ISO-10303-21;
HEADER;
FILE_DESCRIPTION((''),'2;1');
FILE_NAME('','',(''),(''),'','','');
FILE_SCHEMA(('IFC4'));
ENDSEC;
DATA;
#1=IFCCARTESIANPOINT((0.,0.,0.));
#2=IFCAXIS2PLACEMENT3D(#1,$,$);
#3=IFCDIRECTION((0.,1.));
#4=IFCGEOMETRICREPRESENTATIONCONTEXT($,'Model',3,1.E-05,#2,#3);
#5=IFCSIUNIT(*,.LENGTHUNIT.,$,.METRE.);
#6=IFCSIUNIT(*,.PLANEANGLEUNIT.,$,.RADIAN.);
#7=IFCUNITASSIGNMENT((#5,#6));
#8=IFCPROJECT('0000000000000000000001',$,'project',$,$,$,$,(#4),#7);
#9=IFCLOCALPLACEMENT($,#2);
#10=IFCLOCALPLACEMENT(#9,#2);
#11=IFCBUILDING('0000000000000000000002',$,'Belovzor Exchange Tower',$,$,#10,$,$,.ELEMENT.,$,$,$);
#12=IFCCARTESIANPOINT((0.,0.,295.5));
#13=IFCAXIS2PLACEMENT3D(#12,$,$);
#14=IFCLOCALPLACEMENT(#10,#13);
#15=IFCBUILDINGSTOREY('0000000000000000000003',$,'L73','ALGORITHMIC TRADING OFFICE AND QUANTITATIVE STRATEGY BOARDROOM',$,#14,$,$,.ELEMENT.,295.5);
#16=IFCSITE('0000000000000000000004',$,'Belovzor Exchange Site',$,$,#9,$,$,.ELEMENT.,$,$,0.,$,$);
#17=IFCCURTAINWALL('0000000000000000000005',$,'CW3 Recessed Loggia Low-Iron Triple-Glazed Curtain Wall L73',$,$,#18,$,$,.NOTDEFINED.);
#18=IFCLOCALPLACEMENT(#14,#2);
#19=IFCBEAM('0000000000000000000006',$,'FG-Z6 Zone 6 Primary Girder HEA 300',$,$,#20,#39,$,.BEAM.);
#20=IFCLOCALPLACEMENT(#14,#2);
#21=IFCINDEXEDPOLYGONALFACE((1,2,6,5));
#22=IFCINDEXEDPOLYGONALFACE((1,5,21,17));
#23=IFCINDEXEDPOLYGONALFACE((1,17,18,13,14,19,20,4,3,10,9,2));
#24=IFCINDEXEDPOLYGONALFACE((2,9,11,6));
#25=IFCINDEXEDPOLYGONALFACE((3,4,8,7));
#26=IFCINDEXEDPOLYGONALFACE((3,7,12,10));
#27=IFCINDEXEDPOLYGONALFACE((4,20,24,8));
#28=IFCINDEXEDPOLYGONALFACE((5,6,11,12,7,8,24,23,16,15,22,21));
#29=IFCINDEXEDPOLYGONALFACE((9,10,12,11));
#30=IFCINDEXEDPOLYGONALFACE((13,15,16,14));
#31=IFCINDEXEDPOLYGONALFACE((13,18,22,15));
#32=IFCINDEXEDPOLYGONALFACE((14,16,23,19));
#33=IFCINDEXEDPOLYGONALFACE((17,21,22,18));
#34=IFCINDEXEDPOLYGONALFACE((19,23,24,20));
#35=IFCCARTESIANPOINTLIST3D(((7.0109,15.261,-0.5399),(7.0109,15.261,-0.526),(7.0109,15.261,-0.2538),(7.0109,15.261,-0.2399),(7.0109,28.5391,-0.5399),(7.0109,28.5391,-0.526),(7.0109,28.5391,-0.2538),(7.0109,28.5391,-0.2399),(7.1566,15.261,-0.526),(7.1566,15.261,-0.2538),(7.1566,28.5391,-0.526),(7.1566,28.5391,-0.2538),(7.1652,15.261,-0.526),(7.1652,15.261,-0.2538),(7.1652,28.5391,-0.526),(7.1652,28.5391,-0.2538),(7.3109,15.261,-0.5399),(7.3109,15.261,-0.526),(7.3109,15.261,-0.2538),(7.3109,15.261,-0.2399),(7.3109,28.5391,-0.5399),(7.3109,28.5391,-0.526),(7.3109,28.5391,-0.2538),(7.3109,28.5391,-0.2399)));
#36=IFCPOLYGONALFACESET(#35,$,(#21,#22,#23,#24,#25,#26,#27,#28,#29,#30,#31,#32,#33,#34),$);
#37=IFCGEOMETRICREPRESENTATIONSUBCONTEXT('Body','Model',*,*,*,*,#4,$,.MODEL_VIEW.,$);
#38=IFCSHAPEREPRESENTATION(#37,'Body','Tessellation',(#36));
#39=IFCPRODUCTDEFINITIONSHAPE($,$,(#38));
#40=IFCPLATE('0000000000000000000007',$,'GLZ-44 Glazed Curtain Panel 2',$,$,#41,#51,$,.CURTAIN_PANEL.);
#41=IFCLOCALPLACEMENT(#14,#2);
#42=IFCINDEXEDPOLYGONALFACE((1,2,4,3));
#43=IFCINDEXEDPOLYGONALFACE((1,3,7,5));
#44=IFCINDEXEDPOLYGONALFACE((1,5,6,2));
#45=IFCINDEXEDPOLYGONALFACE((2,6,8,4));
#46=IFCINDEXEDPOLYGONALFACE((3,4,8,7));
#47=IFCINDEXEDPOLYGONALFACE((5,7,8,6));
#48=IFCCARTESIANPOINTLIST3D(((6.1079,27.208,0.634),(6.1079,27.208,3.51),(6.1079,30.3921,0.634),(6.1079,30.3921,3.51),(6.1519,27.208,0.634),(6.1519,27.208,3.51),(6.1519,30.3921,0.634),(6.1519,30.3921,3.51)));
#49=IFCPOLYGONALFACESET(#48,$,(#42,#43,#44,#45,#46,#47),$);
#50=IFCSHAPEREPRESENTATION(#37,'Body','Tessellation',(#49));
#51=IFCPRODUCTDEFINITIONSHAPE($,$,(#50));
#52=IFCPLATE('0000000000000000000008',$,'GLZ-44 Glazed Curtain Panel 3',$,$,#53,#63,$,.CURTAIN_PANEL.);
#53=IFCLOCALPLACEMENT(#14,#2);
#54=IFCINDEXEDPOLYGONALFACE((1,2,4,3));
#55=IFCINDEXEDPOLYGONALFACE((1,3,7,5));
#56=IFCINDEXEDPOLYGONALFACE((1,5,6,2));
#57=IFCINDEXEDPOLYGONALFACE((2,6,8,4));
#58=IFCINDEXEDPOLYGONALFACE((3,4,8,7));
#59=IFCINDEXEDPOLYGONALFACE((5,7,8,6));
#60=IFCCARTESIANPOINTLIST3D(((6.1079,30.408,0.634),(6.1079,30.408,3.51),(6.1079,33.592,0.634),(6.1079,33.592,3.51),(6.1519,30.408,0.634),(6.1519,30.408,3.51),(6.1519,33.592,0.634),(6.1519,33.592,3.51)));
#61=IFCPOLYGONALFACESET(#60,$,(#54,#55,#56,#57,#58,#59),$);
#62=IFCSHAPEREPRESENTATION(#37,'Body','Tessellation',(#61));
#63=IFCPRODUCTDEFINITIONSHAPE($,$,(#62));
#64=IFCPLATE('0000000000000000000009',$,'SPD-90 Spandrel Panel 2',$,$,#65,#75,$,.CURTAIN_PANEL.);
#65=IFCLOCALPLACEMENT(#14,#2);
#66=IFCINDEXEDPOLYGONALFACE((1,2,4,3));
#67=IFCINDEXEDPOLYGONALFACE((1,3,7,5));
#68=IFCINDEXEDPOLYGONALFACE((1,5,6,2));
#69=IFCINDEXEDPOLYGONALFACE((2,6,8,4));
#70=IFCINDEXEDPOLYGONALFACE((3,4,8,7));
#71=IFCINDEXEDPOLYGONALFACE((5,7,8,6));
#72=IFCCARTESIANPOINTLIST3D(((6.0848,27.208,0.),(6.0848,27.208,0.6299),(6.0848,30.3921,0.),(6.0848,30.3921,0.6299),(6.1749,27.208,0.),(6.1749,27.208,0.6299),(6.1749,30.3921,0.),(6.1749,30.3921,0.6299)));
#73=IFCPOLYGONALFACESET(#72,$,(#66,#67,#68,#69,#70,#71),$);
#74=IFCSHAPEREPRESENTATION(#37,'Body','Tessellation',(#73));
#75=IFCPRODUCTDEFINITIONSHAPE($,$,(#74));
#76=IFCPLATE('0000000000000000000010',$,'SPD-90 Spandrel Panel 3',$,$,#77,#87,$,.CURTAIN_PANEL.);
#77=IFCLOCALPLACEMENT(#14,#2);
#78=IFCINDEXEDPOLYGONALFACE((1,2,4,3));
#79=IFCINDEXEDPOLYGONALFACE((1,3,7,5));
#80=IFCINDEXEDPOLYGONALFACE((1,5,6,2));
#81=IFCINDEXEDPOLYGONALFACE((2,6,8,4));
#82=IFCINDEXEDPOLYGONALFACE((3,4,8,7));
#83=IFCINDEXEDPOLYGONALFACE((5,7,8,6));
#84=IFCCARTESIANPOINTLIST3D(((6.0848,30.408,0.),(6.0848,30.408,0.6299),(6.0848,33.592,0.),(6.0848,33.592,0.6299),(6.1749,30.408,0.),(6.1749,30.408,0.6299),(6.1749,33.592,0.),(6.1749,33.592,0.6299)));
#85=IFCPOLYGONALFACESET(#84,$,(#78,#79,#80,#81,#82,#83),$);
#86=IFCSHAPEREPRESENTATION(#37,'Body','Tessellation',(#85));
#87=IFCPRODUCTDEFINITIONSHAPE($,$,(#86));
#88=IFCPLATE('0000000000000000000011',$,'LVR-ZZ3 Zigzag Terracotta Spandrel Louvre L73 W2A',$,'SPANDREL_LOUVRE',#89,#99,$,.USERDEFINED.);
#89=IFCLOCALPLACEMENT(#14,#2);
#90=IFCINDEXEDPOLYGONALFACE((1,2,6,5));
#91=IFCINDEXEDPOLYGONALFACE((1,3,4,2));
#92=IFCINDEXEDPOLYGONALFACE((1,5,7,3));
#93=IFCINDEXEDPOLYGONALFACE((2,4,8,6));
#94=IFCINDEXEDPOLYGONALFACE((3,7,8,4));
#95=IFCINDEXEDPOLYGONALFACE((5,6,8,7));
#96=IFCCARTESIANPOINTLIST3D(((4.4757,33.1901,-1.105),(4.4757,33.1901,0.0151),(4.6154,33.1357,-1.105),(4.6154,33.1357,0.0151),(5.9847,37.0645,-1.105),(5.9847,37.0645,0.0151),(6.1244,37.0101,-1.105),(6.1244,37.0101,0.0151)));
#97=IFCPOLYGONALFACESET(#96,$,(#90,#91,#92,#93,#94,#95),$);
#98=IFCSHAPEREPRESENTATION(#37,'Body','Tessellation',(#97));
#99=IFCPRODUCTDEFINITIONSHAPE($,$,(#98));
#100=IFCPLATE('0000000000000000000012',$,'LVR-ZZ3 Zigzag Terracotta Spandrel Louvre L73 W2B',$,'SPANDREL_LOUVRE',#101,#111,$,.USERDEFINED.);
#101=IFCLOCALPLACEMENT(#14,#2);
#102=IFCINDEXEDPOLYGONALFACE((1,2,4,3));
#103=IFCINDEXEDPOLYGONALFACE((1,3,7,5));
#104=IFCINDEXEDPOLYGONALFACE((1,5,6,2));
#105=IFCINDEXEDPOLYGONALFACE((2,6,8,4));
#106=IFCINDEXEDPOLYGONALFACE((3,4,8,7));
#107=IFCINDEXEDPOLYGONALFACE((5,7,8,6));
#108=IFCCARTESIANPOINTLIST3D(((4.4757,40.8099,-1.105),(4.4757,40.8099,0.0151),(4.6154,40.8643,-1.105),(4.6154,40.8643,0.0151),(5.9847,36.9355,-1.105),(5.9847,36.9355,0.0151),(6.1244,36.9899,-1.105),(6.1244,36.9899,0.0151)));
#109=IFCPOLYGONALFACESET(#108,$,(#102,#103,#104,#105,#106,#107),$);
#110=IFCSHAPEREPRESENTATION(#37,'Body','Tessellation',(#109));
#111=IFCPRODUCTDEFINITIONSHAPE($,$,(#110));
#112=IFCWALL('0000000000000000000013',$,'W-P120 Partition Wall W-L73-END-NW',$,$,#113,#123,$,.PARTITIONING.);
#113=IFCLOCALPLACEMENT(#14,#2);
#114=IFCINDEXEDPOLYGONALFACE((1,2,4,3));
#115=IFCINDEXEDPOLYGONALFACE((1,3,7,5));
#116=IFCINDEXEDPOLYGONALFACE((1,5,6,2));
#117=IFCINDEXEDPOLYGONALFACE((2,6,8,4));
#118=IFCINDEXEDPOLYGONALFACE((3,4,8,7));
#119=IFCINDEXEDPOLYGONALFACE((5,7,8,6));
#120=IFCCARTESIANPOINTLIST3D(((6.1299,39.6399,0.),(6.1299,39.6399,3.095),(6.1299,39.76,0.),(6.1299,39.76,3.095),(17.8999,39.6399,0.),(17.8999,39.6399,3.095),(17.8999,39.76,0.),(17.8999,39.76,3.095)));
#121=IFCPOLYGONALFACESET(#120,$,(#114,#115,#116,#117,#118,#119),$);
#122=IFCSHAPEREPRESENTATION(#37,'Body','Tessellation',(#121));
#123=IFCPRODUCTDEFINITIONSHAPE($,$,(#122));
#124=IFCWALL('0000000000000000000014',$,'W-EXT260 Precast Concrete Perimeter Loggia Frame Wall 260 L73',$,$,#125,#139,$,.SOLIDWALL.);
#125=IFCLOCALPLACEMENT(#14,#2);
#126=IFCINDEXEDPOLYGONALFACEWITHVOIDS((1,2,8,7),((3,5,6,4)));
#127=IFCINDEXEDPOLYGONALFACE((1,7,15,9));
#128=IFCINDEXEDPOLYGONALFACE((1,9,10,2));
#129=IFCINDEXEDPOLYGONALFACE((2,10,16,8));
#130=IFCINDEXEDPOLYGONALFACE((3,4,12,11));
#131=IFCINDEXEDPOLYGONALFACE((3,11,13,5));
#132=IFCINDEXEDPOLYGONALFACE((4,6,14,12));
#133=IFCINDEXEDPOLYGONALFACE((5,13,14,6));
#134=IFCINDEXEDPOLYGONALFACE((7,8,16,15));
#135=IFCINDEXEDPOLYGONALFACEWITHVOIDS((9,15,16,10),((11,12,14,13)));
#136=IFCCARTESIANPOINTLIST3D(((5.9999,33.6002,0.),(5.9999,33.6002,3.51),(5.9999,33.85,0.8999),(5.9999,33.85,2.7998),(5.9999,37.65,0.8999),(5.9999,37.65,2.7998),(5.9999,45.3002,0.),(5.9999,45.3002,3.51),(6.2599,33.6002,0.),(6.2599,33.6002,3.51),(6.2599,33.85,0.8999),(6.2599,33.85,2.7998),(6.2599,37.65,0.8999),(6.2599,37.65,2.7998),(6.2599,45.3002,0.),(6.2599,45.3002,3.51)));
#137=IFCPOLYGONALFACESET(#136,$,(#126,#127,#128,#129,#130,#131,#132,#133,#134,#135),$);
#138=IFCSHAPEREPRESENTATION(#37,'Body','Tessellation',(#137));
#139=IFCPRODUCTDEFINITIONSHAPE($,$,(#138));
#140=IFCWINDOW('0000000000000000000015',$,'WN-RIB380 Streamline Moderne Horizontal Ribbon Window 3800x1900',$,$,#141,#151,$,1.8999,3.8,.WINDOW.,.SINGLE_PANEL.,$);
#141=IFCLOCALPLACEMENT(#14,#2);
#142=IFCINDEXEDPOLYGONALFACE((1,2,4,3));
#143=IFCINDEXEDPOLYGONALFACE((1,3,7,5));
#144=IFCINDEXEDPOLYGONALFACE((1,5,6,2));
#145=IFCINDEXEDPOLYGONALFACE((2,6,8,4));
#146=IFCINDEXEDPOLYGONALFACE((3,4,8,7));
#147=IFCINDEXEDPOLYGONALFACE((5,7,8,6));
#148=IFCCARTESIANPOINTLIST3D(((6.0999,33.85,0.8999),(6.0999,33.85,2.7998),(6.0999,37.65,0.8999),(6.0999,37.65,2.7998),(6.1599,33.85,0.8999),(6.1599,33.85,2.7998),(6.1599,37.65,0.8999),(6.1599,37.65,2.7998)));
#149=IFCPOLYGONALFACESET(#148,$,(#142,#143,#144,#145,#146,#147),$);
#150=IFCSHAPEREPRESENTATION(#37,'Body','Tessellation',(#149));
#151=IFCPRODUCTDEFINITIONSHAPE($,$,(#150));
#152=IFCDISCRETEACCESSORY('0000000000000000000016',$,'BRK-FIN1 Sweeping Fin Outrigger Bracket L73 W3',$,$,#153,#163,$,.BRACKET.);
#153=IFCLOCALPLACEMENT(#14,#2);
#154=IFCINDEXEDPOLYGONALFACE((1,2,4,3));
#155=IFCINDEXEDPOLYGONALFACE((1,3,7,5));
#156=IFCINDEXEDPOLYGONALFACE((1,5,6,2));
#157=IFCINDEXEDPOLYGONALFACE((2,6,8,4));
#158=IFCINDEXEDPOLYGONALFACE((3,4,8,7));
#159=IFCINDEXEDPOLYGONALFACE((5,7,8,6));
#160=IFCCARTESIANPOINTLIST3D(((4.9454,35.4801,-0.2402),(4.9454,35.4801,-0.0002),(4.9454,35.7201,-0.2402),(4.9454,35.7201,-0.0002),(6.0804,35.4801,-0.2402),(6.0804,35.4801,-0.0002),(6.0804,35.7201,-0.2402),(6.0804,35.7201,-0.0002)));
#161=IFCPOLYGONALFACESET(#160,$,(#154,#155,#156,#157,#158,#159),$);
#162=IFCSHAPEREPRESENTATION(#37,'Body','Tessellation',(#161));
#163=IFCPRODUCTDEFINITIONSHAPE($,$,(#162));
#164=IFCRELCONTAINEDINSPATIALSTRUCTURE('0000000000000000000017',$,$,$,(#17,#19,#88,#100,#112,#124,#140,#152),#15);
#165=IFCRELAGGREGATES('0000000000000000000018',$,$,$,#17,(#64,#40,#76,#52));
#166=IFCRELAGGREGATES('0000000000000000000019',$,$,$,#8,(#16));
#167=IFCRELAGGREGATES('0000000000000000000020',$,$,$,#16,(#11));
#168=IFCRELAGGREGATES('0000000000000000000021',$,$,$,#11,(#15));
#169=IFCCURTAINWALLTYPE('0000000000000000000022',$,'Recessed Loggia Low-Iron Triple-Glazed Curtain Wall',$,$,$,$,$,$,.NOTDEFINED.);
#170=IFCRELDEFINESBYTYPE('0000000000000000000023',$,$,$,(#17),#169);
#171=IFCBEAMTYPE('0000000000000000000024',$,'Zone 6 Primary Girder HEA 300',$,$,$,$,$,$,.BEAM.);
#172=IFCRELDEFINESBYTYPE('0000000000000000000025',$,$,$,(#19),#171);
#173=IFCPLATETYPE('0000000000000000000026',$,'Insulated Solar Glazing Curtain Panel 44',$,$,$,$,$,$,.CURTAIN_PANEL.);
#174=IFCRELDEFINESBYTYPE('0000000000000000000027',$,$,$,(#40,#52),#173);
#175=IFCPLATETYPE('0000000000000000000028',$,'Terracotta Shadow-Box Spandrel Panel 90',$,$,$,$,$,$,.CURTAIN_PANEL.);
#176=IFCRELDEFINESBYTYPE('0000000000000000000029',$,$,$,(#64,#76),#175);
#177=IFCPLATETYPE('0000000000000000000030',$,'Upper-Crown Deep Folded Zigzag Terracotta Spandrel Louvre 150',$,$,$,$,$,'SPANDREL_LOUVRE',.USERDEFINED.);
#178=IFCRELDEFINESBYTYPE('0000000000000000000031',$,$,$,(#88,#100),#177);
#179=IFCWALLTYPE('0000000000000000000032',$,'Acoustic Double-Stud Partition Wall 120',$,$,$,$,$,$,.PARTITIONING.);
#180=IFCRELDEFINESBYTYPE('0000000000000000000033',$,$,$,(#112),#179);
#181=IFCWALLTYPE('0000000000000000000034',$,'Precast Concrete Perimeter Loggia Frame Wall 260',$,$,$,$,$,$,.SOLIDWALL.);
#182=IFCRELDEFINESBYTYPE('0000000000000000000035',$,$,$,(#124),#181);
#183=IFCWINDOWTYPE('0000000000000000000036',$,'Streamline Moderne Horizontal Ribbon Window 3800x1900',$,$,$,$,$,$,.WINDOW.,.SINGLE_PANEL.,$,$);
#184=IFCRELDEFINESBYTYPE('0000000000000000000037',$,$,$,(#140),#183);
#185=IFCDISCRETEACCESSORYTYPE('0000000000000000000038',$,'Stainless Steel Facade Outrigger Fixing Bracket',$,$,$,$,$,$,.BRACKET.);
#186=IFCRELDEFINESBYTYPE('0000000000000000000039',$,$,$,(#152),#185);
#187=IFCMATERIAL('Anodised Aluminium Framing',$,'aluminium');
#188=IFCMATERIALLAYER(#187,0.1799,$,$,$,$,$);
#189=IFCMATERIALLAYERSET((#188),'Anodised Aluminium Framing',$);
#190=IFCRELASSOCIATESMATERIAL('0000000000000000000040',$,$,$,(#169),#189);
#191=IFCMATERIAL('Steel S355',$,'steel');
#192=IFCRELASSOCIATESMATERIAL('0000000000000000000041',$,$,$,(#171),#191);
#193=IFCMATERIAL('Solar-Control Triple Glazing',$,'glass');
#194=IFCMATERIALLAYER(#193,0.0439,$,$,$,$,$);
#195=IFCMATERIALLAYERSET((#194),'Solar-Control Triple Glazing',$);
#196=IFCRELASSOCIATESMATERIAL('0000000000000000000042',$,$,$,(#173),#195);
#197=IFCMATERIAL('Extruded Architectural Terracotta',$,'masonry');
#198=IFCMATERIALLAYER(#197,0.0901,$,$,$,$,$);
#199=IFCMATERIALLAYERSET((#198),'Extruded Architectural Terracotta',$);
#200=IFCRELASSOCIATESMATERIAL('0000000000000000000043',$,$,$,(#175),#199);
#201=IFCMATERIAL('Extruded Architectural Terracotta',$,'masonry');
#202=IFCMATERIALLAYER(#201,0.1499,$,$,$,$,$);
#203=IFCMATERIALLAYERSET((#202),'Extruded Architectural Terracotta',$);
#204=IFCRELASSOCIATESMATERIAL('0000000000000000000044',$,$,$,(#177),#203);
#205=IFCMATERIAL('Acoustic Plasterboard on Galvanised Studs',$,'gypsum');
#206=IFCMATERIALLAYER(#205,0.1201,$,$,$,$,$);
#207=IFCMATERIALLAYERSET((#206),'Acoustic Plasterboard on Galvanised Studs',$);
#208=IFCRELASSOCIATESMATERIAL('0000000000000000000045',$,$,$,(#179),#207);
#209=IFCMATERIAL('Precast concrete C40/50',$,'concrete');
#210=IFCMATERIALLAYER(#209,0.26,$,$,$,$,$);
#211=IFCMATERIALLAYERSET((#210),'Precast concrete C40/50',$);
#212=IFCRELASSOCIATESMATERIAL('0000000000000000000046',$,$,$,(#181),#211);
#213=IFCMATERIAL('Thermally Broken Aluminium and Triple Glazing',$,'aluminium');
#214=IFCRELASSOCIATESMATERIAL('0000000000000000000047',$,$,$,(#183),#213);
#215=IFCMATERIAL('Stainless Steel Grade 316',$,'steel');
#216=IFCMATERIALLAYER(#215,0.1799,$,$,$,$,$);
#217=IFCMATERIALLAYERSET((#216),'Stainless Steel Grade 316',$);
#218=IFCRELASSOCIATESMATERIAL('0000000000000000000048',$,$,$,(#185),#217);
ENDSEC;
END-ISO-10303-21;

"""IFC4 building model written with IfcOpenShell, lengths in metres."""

from ifc_helpers import new_model, si_unit, direction, frame, frame_2d, origin, origin_2d, place, context, subcontext, project, spatial, rectangle, i_section, extrude, material, layer, layer_set, material_profile, profile_set, type_object, element, fill, aggregate, save


model = new_model("IFC4")

# Units and contexts
model_context = context("Model", 3, precision=1e-05, world=origin(), true_north=direction((0.0, 1.0)))
body_context = subcontext(model_context, "Body", "Model", "MODEL_VIEW")
ifc_project = project(units=[si_unit("LENGTHUNIT", "METRE"), si_unit("PLANEANGLEUNIT", "RADIAN")], contexts=[model_context])

# Site, building, storey
site_placement = place(None, origin())
site = spatial("IfcSite", under=ifc_project, at=site_placement, Name="Belovzor Exchange Site", CompositionType="ELEMENT", RefElevation=0.0)
building_placement = place(site_placement, origin())
building = spatial("IfcBuilding", under=site, at=building_placement, Name="Belovzor Exchange Tower", CompositionType="ELEMENT")
storey_placement = place(building_placement, frame((0.0, 0.0, 295.5)))
storey = spatial("IfcBuildingStorey", under=building, at=storey_placement, Name="L73", Description="ALGORITHMIC TRADING OFFICE AND QUANTITATIVE STRATEGY BOARDROOM", CompositionType="ELEMENT", Elevation=295.5)

# Curtain wall
ifc_material_1 = material(Name="Anodised Aluminium Framing", Category="aluminium")
ifc_layer_1 = layer(ifc_material_1, 0.1799)
ifc_layer_set_1 = layer_set([ifc_layer_1], Name="Anodised Aluminium Framing")
curtain_wall_type = type_object("IfcCurtainWallType", Name="Recessed Loggia Low-Iron Triple-Glazed Curtain Wall", PredefinedType="NOTDEFINED", material=ifc_layer_set_1)
curtain_wall_placement = place(storey_placement, origin())
curtain_wall = element("IfcCurtainWall", 1, at=curtain_wall_placement, inside=storey, type_object=curtain_wall_type, Name="CW3 Recessed Loggia Low-Iron Triple-Glazed Curtain Wall L73", PredefinedType="NOTDEFINED")

# Beam
ifc_material_2 = material(Name="Steel S355", Category="steel")
ifc_material_profile_1 = material_profile(ifc_material_2, i_section(OverallWidth=0.3, OverallDepth=0.3, WebThickness=0.0085, FlangeThickness=0.0139, at=origin_2d()))
ifc_profile_set_1 = profile_set([ifc_material_profile_1], Name="Steel S355")
beam_type_1 = type_object("IfcBeamType", Name="Zone 6 Primary Girder HEA 300", PredefinedType="BEAM", material=ifc_profile_set_1)
beam_1_placement = place(storey_placement, frame((7.1609, 28.5391, -0.3899), z_axis=(0.0, -1.0, 0.0), x_axis=(1.0, 0.0, 0.0)))
element("IfcBeam", 2, at=beam_1_placement, inside=storey, type_object=beam_type_1, Name="FG-Z6 Zone 6 Primary Girder HEA 300", PredefinedType="BEAM", context=body_context, shape_type="SweptSolid", body=[
    extrude(i_section(OverallWidth=0.3, OverallDepth=0.3, WebThickness=0.0085, FlangeThickness=0.0139, at=origin_2d()), origin(), (0.0, 0.0, 1.0), 13.2781),
])

# Plates
ifc_material_3 = material(Name="Solar-Control Triple Glazing", Category="glass")
ifc_layer_2 = layer(ifc_material_3, 0.0439)
ifc_layer_set_2 = layer_set([ifc_layer_2], Name="Solar-Control Triple Glazing")
plate_type_1 = type_object("IfcPlateType", Name="Insulated Solar Glazing Curtain Panel 44", PredefinedType="CURTAIN_PANEL", material=ifc_layer_set_2)
plate_1_placement = place(storey_placement, frame((6.1299, 28.8, 0.634), z_axis=(0.0, 0.0, 1.0), x_axis=(0.0, 1.0, 0.0)))
plate_1 = element("IfcPlate", 3, at=plate_1_placement, type_object=plate_type_1, Name="GLZ-44 Glazed Curtain Panel 2", PredefinedType="CURTAIN_PANEL", context=body_context, shape_type="SweptSolid", body=[
    extrude(rectangle(XDim=3.1841, YDim=0.0439, at=origin_2d()), origin(), (0.0, 0.0, 1.0), 2.876),
])
plate_2_placement = place(storey_placement, frame((6.1299, 32.0, 0.634), z_axis=(0.0, 0.0, 1.0), x_axis=(0.0, 1.0, 0.0)))
plate_2 = element("IfcPlate", 4, at=plate_2_placement, type_object=plate_type_1, Name="GLZ-44 Glazed Curtain Panel 3", PredefinedType="CURTAIN_PANEL", context=body_context, shape_type="SweptSolid", body=[
    extrude(rectangle(XDim=3.1841, YDim=0.0439, at=origin_2d()), origin(), (0.0, 0.0, 1.0), 2.876),
])
ifc_material_4 = material(Name="Extruded Architectural Terracotta", Category="masonry")
ifc_layer_3 = layer(ifc_material_4, 0.0901)
ifc_layer_set_3 = layer_set([ifc_layer_3], Name="Extruded Architectural Terracotta")
plate_type_2 = type_object("IfcPlateType", Name="Terracotta Shadow-Box Spandrel Panel 90", PredefinedType="CURTAIN_PANEL", material=ifc_layer_set_3)
plate_3_placement = place(storey_placement, frame((6.1299, 28.8, 0.0), z_axis=(0.0, 0.0, 1.0), x_axis=(0.0, 1.0, 0.0)))
plate_3 = element("IfcPlate", 5, at=plate_3_placement, type_object=plate_type_2, Name="SPD-90 Spandrel Panel 2", PredefinedType="CURTAIN_PANEL", context=body_context, shape_type="SweptSolid", body=[
    extrude(rectangle(XDim=3.1841, YDim=0.0901, at=origin_2d()), origin(), (0.0, 0.0, 1.0), 0.6299),
])
plate_4_placement = place(storey_placement, frame((6.1299, 32.0, 0.0), z_axis=(0.0, 0.0, 1.0), x_axis=(0.0, 1.0, 0.0)))
plate_4 = element("IfcPlate", 6, at=plate_4_placement, type_object=plate_type_2, Name="SPD-90 Spandrel Panel 3", PredefinedType="CURTAIN_PANEL", context=body_context, shape_type="SweptSolid", body=[
    extrude(rectangle(XDim=3.1841, YDim=0.0901, at=origin_2d()), origin(), (0.0, 0.0, 1.0), 0.6299),
])
aggregate(curtain_wall, [plate_3, plate_1, plate_4, plate_2])

# Plates
ifc_material_5 = material(Name="Extruded Architectural Terracotta", Category="masonry")
ifc_layer_4 = layer(ifc_material_5, 0.1499)
ifc_layer_set_4 = layer_set([ifc_layer_4], Name="Extruded Architectural Terracotta")
plate_type_3 = type_object("IfcPlateType", Name="Upper-Crown Deep Folded Zigzag Terracotta Spandrel Louvre 150", ElementType="SPANDREL_LOUVRE", PredefinedType="USERDEFINED", material=ifc_layer_set_4)
for number, where, z_axis, x_axis, name in (
    (7, (5.3, 35.1001, -1.105), (0.0, 0.0, 1.0), (0.362926, 0.931818, 0.0), "LVR-ZZ3 Zigzag Terracotta Spandrel Louvre L73 W2A"),
    (8, (5.3, 38.8999, -1.105), (0.0, 0.0, 1.0), (-0.362926, 0.931818, 0.0), "LVR-ZZ3 Zigzag Terracotta Spandrel Louvre L73 W2B"),
):
    element("IfcPlate", number, at=place(storey_placement, frame(where, z_axis=z_axis, x_axis=x_axis)), inside=storey, type_object=plate_type_3, Name=name, ObjectType="SPANDREL_LOUVRE", PredefinedType="USERDEFINED", context=body_context, shape_type="SweptSolid", body=[
        extrude(rectangle(XDim=4.158, YDim=0.1499, at=origin_2d()), origin(), (0.0, 0.0, 1.0), 1.1201),
    ])

# Wall
ifc_material_6 = material(Name="Acoustic Plasterboard on Galvanised Studs", Category="gypsum")
ifc_layer_5 = layer(ifc_material_6, 0.1201)
ifc_layer_set_5 = layer_set([ifc_layer_5], Name="Acoustic Plasterboard on Galvanised Studs")
wall_type_1 = type_object("IfcWallType", Name="Acoustic Double-Stud Partition Wall 120", PredefinedType="PARTITIONING", material=ifc_layer_set_5)
wall_1_placement = place(storey_placement, frame((6.1299, 39.7, 0.0), z_axis=(0.0, 0.0, 1.0), x_axis=(1.0, 0.0, 0.0)))
element("IfcWall", 9, at=wall_1_placement, inside=storey, type_object=wall_type_1, Name="W-P120 Partition Wall W-L73-END-NW", PredefinedType="PARTITIONING", context=body_context, shape_type="SweptSolid", body=[
    extrude(rectangle(XDim=11.77, YDim=0.1201, at=frame_2d((5.885, 0.0))), origin(), (0.0, 0.0, 1.0), 3.095),
])

# Wall, opening, window
ifc_material_7 = material(Name="Precast concrete C40/50", Category="concrete")
ifc_layer_6 = layer(ifc_material_7, 0.26)
ifc_layer_set_6 = layer_set([ifc_layer_6], Name="Precast concrete C40/50")
wall_type_2 = type_object("IfcWallType", Name="Precast Concrete Perimeter Loggia Frame Wall 260", PredefinedType="SOLIDWALL", material=ifc_layer_set_6)
wall_2_placement = place(storey_placement, frame((6.1299, 33.6001, 0.0), z_axis=(0.0, 0.0, 1.0), x_axis=(0.0, 1.0, 0.0)))
wall_2 = element("IfcWall", 10, at=wall_2_placement, inside=storey, type_object=wall_type_2, Name="W-EXT260 Precast Concrete Perimeter Loggia Frame Wall 260 L73", PredefinedType="SOLIDWALL", context=body_context, shape_type="SweptSolid", body=[
    extrude(rectangle(XDim=11.7, YDim=0.26, at=frame_2d((5.8501, 0.0))), origin(), (0.0, 0.0, 1.0), 3.51),
])
opening_placement = place(wall_2_placement, frame((0.25, 0.0, 0.8999)))
opening = element("IfcOpeningElement", 11, at=opening_placement, cuts=wall_2, PredefinedType="OPENING", context=body_context, shape_type="SweptSolid", body=[
    extrude(rectangle(XDim=3.8, YDim=1.8999, at=frame_2d((1.8999, 0.95))), frame((0.0, 0.1399, 0.0), z_axis=(0.0, -1.0, 0.0), x_axis=(1.0, 0.0, 0.0)), (0.0, 0.0, 1.0), 0.28),
])
ifc_material_8 = material(Name="Thermally Broken Aluminium and Triple Glazing", Category="aluminium")
window_type = type_object("IfcWindowType", Name="Streamline Moderne Horizontal Ribbon Window 3800x1900", PartitioningType="SINGLE_PANEL", PredefinedType="WINDOW", material=ifc_material_8)
window_placement = place(opening_placement, origin())
window = element("IfcWindow", 12, at=window_placement, inside=storey, type_object=window_type, Name="WN-RIB380 Streamline Moderne Horizontal Ribbon Window 3800x1900", OverallHeight=1.8999, OverallWidth=3.8, PartitioningType="SINGLE_PANEL", PredefinedType="WINDOW", context=body_context, shape_type="SweptSolid", body=[
    extrude(rectangle(XDim=3.8, YDim=1.8999, at=frame_2d((1.8999, 0.95))), frame((0.0, 0.03, 0.0), z_axis=(0.0, -1.0, 0.0), x_axis=(1.0, 0.0, 0.0)), (0.0, 0.0, 1.0), 0.0601),
])
fill(opening, window)

# Discrete accessory
ifc_material_9 = material(Name="Stainless Steel Grade 316", Category="steel")
ifc_layer_7 = layer(ifc_material_9, 0.1799)
ifc_layer_set_7 = layer_set([ifc_layer_7], Name="Stainless Steel Grade 316")
discrete_accessory_type = type_object("IfcDiscreteAccessoryType", Name="Stainless Steel Facade Outrigger Fixing Bracket", PredefinedType="BRACKET", material=ifc_layer_set_7)
discrete_accessory_placement = place(storey_placement, frame((5.5129, 35.6001, -0.2402), z_axis=(0.0, 0.0, 1.0), x_axis=(1.0, 0.0, 0.0)))
element("IfcDiscreteAccessory", 13, at=discrete_accessory_placement, inside=storey, type_object=discrete_accessory_type, Name="BRK-FIN1 Sweeping Fin Outrigger Bracket L73 W3", PredefinedType="BRACKET", context=body_context, shape_type="SweptSolid", body=[
    extrude(rectangle(XDim=1.135, YDim=0.24, at=origin_2d()), origin(), (0.0, 0.0, 1.0), 0.24),
])

save(model, "model.ifc")
